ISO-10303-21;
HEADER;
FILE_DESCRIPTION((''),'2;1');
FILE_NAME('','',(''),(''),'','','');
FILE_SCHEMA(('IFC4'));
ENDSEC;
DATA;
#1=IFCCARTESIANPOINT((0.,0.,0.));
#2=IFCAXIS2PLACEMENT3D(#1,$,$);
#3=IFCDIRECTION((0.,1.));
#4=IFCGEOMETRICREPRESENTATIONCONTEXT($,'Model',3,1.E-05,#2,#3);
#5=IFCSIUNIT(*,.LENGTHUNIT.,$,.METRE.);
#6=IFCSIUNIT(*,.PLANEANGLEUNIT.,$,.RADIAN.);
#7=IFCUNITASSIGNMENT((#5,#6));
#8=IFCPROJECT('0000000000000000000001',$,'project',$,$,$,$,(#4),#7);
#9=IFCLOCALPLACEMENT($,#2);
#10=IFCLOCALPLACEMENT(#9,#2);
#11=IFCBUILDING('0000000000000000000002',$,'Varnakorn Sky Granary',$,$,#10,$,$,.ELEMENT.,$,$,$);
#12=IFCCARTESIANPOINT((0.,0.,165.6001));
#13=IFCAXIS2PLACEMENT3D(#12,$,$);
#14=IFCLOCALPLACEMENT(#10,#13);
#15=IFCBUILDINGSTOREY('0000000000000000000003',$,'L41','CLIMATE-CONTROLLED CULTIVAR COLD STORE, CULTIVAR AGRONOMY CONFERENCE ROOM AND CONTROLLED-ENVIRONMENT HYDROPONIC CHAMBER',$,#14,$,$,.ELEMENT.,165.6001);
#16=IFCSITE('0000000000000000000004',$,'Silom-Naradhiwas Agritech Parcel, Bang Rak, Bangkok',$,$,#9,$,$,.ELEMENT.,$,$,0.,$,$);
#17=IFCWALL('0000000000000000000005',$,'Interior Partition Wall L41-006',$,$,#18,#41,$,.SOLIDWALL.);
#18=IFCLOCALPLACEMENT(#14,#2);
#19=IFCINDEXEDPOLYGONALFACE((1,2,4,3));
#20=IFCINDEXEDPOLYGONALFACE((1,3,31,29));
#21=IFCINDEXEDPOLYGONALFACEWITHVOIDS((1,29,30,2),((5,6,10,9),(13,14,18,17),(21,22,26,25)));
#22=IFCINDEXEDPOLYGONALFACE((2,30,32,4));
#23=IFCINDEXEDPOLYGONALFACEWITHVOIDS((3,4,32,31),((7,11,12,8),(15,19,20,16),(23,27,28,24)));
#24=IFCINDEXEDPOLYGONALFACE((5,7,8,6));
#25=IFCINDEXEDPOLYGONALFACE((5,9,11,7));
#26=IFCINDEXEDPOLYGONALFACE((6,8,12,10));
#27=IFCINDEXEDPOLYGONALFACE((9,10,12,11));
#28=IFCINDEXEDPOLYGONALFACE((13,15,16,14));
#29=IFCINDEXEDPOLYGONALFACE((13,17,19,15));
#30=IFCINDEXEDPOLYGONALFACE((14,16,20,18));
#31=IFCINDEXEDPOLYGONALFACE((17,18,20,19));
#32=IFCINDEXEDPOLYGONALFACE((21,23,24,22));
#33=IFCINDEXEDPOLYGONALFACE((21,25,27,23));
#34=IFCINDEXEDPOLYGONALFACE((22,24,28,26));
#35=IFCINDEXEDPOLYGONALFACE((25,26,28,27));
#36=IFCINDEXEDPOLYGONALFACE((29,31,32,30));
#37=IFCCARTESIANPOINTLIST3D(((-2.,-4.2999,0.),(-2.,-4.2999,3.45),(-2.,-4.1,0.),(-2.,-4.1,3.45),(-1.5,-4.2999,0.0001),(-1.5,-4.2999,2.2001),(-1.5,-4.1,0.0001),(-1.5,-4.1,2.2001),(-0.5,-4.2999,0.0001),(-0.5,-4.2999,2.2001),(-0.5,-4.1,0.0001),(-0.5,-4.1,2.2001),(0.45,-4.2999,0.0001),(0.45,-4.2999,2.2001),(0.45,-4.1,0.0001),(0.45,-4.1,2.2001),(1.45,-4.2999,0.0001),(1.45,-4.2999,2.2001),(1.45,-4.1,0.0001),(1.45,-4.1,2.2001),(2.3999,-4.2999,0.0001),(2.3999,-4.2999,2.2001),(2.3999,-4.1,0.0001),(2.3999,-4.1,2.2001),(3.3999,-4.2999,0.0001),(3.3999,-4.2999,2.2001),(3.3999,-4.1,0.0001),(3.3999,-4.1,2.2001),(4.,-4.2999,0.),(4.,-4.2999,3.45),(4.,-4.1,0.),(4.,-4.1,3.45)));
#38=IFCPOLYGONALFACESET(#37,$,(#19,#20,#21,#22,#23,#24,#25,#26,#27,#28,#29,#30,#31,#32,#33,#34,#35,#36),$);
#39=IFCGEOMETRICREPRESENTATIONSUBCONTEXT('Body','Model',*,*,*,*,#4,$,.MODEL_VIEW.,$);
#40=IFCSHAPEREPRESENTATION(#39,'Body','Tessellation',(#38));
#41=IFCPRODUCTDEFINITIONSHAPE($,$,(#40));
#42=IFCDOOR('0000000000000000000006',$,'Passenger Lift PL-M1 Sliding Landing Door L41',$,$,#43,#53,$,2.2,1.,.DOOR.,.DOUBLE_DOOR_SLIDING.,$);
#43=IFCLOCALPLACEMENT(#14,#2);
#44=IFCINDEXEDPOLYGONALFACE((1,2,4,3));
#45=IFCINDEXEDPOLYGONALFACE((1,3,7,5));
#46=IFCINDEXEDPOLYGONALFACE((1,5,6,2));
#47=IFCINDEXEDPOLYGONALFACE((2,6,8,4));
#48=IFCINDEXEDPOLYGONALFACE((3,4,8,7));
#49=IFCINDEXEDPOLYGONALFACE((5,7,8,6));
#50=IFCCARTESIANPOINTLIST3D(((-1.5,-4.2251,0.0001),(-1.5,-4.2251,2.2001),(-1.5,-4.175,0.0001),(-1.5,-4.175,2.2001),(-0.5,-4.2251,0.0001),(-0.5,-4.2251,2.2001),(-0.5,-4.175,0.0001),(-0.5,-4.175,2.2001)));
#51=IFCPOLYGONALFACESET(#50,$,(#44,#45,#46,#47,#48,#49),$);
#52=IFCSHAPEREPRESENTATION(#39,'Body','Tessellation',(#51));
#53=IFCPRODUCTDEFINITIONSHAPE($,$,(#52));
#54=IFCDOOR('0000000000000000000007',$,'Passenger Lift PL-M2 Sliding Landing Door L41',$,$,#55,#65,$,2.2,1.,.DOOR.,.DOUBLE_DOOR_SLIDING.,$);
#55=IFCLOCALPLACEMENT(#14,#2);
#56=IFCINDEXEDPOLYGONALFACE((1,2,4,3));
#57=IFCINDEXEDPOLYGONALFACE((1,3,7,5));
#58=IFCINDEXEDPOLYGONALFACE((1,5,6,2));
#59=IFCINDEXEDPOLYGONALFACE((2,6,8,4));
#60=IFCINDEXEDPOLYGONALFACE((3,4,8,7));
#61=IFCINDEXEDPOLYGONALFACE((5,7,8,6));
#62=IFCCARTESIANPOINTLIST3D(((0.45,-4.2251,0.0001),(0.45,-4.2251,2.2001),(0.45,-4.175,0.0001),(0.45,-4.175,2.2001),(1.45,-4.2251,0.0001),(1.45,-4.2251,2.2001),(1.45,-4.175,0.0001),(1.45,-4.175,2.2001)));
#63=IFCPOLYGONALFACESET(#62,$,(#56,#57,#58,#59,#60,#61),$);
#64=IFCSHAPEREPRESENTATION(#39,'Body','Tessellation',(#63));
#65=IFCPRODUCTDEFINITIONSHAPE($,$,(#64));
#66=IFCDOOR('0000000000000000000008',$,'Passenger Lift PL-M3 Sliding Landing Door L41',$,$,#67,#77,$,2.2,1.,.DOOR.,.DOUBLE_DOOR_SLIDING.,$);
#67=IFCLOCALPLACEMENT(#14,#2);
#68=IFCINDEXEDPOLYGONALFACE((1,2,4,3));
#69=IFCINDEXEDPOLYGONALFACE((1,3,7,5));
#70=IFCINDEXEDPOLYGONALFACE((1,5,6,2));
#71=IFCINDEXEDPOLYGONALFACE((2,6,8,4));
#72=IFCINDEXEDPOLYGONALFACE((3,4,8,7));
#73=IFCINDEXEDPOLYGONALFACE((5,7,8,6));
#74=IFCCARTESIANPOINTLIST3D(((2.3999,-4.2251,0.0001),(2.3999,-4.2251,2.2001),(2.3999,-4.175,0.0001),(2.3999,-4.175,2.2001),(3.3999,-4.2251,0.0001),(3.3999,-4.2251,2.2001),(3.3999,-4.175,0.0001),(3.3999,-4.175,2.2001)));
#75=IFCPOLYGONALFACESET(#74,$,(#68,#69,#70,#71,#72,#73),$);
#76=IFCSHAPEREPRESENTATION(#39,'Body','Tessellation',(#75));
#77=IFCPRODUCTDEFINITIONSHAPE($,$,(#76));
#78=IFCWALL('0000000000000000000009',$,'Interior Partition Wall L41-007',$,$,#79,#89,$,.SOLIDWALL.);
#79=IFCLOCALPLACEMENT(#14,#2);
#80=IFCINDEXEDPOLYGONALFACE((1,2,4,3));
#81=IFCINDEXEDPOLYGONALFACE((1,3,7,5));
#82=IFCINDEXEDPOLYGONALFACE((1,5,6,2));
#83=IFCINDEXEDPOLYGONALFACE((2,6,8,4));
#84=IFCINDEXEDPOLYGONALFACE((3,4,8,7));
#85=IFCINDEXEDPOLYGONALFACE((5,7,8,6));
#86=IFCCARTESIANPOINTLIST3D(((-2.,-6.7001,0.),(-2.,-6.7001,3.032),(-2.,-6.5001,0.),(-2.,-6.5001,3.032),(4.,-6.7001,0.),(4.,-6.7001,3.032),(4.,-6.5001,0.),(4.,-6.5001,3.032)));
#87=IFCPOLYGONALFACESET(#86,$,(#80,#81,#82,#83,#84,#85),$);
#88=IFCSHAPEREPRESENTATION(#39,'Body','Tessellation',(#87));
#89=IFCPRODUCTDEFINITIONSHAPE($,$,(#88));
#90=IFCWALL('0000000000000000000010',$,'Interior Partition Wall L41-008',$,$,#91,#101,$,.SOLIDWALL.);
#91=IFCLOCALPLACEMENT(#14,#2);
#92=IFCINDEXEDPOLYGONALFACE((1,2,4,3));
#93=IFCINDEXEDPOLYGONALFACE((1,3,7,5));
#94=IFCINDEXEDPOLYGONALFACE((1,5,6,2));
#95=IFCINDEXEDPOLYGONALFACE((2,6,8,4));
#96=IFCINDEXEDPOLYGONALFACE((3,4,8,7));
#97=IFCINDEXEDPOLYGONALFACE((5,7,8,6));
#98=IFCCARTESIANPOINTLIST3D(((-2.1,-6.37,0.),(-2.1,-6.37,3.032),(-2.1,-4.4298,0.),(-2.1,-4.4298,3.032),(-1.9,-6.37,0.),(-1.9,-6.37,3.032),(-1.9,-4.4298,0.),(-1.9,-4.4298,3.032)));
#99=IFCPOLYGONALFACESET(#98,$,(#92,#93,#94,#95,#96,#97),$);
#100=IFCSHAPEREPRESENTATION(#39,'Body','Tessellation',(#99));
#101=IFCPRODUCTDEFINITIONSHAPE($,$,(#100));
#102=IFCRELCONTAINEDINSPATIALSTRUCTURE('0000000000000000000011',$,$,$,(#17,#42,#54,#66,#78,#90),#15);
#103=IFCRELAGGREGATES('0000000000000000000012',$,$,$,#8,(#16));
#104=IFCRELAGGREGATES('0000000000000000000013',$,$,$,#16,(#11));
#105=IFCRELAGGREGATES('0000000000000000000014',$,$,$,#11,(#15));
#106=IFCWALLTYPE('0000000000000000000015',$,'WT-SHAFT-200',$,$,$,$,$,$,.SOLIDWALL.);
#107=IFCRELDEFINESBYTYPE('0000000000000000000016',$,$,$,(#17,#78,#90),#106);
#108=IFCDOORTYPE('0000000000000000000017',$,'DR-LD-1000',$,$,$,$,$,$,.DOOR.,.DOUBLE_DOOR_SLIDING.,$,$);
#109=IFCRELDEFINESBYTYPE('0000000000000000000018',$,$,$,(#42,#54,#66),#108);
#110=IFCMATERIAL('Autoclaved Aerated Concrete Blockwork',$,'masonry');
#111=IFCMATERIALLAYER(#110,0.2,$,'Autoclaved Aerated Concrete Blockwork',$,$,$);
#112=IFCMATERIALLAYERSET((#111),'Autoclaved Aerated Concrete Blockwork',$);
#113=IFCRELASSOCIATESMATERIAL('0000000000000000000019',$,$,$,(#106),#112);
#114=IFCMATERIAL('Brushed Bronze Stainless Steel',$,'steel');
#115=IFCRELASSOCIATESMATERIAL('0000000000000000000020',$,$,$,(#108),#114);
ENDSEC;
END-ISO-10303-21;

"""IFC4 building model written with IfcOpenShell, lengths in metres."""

from ifc_helpers import new_model, si_unit, direction, frame, frame_2d, origin, place, context, subcontext, project, spatial, rectangle, extrude, material, layer, layer_set, type_object, element, fill, save


model = new_model("IFC4")

# Units and contexts
model_context = context("Model", 3, precision=1e-05, world=origin(), true_north=direction((0.0, 1.0)))
body_context = subcontext(model_context, "Body", "Model", "MODEL_VIEW")
ifc_project = project(units=[si_unit("LENGTHUNIT", "METRE"), si_unit("PLANEANGLEUNIT", "RADIAN")], contexts=[model_context])

# Site, building, storey
site_placement = place(None, origin())
site = spatial("IfcSite", under=ifc_project, at=site_placement, Name="Silom-Naradhiwas Agritech Parcel, Bang Rak, Bangkok", CompositionType="ELEMENT", RefElevation=0.0)
building_placement = place(site_placement, origin())
building = spatial("IfcBuilding", under=site, at=building_placement, Name="Varnakorn Sky Granary", CompositionType="ELEMENT")
storey_placement = place(building_placement, frame((0.0, 0.0, 165.6001)))
storey = spatial("IfcBuildingStorey", under=building, at=storey_placement, Name="L41", Description="CLIMATE-CONTROLLED CULTIVAR COLD STORE, CULTIVAR AGRONOMY CONFERENCE ROOM AND CONTROLLED-ENVIRONMENT HYDROPONIC CHAMBER", CompositionType="ELEMENT", Elevation=165.6001)

# Shared definitions
ifc_material_1 = material(Name="Autoclaved Aerated Concrete Blockwork", Category="masonry")

# Wall, openings, doors
ifc_layer_1 = layer(ifc_material_1, 0.2, Name="Autoclaved Aerated Concrete Blockwork")
ifc_layer_set_1 = layer_set([ifc_layer_1], Name="Autoclaved Aerated Concrete Blockwork")
wall_type_1 = type_object("IfcWallType", Name="WT-SHAFT-200", PredefinedType="SOLIDWALL", material=ifc_layer_set_1)
wall_1_placement = place(storey_placement, frame((-2.0, -4.2, 0.0), z_axis=(0.0, 0.0, 1.0), x_axis=(1.0, 0.0, 0.0)))
wall_1 = element("IfcWall", 1, at=wall_1_placement, inside=storey, type_object=wall_type_1, Name="Interior Partition Wall L41-006", PredefinedType="SOLIDWALL", context=body_context, shape_type="SweptSolid", body=[
    extrude(rectangle(XDim=6.0, YDim=0.2, at=frame_2d((3.0, 0.0))), origin(), (0.0, 0.0, 1.0), 3.45),
])
opening_1_placement = place(wall_1_placement, frame((0.5, 0.0, 0.0)))
opening_1 = element("IfcOpeningElement", 2, at=opening_1_placement, cuts=wall_1, PredefinedType="OPENING", context=body_context, shape_type="SweptSolid", body=[
    extrude(rectangle(XDim=1.0, YDim=2.2, at=frame_2d((0.5, 1.1001))), frame((0.0, 0.1099, 0.0), z_axis=(0.0, -1.0, 0.0), x_axis=(1.0, 0.0, 0.0)), (0.0, 0.0, 1.0), 0.22),
])
opening_2_placement = place(wall_1_placement, frame((2.45, 0.0, 0.0)))
opening_2 = element("IfcOpeningElement", 3, at=opening_2_placement, cuts=wall_1, PredefinedType="OPENING", context=body_context, shape_type="SweptSolid", body=[
    extrude(rectangle(XDim=1.0, YDim=2.2, at=frame_2d((0.5, 1.1001))), frame((0.0, 0.1099, 0.0), z_axis=(0.0, -1.0, 0.0), x_axis=(1.0, 0.0, 0.0)), (0.0, 0.0, 1.0), 0.22),
])
opening_3_placement = place(wall_1_placement, frame((4.3999, 0.0, 0.0)))
opening_3 = element("IfcOpeningElement", 4, at=opening_3_placement, cuts=wall_1, PredefinedType="OPENING", context=body_context, shape_type="SweptSolid", body=[
    extrude(rectangle(XDim=1.0, YDim=2.2, at=frame_2d((0.5, 1.1001))), frame((0.0, 0.1099, 0.0), z_axis=(0.0, -1.0, 0.0), x_axis=(1.0, 0.0, 0.0)), (0.0, 0.0, 1.0), 0.22),
])
ifc_material_2 = material(Name="Brushed Bronze Stainless Steel", Category="steel")
door_type_1 = type_object("IfcDoorType", Name="DR-LD-1000", OperationType="DOUBLE_DOOR_SLIDING", PredefinedType="DOOR", material=ifc_material_2)
door_1_placement = place(opening_1_placement, origin())
door_1 = element("IfcDoor", 5, at=door_1_placement, inside=storey, type_object=door_type_1, Name="Passenger Lift PL-M1 Sliding Landing Door L41", OperationType="DOUBLE_DOOR_SLIDING", OverallHeight=2.2, OverallWidth=1.0, PredefinedType="DOOR", context=body_context, shape_type="SweptSolid", body=[
    extrude(rectangle(XDim=1.0, YDim=2.2, at=frame_2d((0.5, 1.1001))), frame((0.0, 0.0249, 0.0), z_axis=(0.0, -1.0, 0.0), x_axis=(1.0, 0.0, 0.0)), (0.0, 0.0, 1.0), 0.05),
])
fill(opening_1, door_1)
door_2_placement = place(opening_2_placement, origin())
door_2 = element("IfcDoor", 6, at=door_2_placement, inside=storey, type_object=door_type_1, Name="Passenger Lift PL-M2 Sliding Landing Door L41", OperationType="DOUBLE_DOOR_SLIDING", OverallHeight=2.2, OverallWidth=1.0, PredefinedType="DOOR", context=body_context, shape_type="SweptSolid", body=[
    extrude(rectangle(XDim=1.0, YDim=2.2, at=frame_2d((0.5, 1.1001))), frame((0.0, 0.0249, 0.0), z_axis=(0.0, -1.0, 0.0), x_axis=(1.0, 0.0, 0.0)), (0.0, 0.0, 1.0), 0.05),
])
fill(opening_2, door_2)
door_3_placement = place(opening_3_placement, origin())
door_3 = element("IfcDoor", 7, at=door_3_placement, inside=storey, type_object=door_type_1, Name="Passenger Lift PL-M3 Sliding Landing Door L41", OperationType="DOUBLE_DOOR_SLIDING", OverallHeight=2.2, OverallWidth=1.0, PredefinedType="DOOR", context=body_context, shape_type="SweptSolid", body=[
    extrude(rectangle(XDim=1.0, YDim=2.2, at=frame_2d((0.5, 1.1001))), frame((0.0, 0.0249, 0.0), z_axis=(0.0, -1.0, 0.0), x_axis=(1.0, 0.0, 0.0)), (0.0, 0.0, 1.0), 0.05),
])
fill(opening_3, door_3)

# Walls
wall_2_placement = place(storey_placement, frame((-2.0, -6.6001, 0.0), z_axis=(0.0, 0.0, 1.0), x_axis=(1.0, 0.0, 0.0)))
element("IfcWall", 8, at=wall_2_placement, inside=storey, type_object=wall_type_1, Name="Interior Partition Wall L41-007", PredefinedType="SOLIDWALL", context=body_context, shape_type="SweptSolid", body=[
    extrude(rectangle(XDim=6.0, YDim=0.2, at=frame_2d((3.0, 0.0))), origin(), (0.0, 0.0, 1.0), 3.032),
])
wall_3_placement = place(storey_placement, frame((-2.0, -6.3701, 0.0), z_axis=(0.0, 0.0, 1.0), x_axis=(0.0, 1.0, 0.0)))
element("IfcWall", 9, at=wall_3_placement, inside=storey, type_object=wall_type_1, Name="Interior Partition Wall L41-008", PredefinedType="SOLIDWALL", context=body_context, shape_type="SweptSolid", body=[
    extrude(rectangle(XDim=1.9402, YDim=0.2, at=frame_2d((0.9702, 0.0))), origin(), (0.0, 0.0, 1.0), 3.032),
])

save(model, "model.ifc")
